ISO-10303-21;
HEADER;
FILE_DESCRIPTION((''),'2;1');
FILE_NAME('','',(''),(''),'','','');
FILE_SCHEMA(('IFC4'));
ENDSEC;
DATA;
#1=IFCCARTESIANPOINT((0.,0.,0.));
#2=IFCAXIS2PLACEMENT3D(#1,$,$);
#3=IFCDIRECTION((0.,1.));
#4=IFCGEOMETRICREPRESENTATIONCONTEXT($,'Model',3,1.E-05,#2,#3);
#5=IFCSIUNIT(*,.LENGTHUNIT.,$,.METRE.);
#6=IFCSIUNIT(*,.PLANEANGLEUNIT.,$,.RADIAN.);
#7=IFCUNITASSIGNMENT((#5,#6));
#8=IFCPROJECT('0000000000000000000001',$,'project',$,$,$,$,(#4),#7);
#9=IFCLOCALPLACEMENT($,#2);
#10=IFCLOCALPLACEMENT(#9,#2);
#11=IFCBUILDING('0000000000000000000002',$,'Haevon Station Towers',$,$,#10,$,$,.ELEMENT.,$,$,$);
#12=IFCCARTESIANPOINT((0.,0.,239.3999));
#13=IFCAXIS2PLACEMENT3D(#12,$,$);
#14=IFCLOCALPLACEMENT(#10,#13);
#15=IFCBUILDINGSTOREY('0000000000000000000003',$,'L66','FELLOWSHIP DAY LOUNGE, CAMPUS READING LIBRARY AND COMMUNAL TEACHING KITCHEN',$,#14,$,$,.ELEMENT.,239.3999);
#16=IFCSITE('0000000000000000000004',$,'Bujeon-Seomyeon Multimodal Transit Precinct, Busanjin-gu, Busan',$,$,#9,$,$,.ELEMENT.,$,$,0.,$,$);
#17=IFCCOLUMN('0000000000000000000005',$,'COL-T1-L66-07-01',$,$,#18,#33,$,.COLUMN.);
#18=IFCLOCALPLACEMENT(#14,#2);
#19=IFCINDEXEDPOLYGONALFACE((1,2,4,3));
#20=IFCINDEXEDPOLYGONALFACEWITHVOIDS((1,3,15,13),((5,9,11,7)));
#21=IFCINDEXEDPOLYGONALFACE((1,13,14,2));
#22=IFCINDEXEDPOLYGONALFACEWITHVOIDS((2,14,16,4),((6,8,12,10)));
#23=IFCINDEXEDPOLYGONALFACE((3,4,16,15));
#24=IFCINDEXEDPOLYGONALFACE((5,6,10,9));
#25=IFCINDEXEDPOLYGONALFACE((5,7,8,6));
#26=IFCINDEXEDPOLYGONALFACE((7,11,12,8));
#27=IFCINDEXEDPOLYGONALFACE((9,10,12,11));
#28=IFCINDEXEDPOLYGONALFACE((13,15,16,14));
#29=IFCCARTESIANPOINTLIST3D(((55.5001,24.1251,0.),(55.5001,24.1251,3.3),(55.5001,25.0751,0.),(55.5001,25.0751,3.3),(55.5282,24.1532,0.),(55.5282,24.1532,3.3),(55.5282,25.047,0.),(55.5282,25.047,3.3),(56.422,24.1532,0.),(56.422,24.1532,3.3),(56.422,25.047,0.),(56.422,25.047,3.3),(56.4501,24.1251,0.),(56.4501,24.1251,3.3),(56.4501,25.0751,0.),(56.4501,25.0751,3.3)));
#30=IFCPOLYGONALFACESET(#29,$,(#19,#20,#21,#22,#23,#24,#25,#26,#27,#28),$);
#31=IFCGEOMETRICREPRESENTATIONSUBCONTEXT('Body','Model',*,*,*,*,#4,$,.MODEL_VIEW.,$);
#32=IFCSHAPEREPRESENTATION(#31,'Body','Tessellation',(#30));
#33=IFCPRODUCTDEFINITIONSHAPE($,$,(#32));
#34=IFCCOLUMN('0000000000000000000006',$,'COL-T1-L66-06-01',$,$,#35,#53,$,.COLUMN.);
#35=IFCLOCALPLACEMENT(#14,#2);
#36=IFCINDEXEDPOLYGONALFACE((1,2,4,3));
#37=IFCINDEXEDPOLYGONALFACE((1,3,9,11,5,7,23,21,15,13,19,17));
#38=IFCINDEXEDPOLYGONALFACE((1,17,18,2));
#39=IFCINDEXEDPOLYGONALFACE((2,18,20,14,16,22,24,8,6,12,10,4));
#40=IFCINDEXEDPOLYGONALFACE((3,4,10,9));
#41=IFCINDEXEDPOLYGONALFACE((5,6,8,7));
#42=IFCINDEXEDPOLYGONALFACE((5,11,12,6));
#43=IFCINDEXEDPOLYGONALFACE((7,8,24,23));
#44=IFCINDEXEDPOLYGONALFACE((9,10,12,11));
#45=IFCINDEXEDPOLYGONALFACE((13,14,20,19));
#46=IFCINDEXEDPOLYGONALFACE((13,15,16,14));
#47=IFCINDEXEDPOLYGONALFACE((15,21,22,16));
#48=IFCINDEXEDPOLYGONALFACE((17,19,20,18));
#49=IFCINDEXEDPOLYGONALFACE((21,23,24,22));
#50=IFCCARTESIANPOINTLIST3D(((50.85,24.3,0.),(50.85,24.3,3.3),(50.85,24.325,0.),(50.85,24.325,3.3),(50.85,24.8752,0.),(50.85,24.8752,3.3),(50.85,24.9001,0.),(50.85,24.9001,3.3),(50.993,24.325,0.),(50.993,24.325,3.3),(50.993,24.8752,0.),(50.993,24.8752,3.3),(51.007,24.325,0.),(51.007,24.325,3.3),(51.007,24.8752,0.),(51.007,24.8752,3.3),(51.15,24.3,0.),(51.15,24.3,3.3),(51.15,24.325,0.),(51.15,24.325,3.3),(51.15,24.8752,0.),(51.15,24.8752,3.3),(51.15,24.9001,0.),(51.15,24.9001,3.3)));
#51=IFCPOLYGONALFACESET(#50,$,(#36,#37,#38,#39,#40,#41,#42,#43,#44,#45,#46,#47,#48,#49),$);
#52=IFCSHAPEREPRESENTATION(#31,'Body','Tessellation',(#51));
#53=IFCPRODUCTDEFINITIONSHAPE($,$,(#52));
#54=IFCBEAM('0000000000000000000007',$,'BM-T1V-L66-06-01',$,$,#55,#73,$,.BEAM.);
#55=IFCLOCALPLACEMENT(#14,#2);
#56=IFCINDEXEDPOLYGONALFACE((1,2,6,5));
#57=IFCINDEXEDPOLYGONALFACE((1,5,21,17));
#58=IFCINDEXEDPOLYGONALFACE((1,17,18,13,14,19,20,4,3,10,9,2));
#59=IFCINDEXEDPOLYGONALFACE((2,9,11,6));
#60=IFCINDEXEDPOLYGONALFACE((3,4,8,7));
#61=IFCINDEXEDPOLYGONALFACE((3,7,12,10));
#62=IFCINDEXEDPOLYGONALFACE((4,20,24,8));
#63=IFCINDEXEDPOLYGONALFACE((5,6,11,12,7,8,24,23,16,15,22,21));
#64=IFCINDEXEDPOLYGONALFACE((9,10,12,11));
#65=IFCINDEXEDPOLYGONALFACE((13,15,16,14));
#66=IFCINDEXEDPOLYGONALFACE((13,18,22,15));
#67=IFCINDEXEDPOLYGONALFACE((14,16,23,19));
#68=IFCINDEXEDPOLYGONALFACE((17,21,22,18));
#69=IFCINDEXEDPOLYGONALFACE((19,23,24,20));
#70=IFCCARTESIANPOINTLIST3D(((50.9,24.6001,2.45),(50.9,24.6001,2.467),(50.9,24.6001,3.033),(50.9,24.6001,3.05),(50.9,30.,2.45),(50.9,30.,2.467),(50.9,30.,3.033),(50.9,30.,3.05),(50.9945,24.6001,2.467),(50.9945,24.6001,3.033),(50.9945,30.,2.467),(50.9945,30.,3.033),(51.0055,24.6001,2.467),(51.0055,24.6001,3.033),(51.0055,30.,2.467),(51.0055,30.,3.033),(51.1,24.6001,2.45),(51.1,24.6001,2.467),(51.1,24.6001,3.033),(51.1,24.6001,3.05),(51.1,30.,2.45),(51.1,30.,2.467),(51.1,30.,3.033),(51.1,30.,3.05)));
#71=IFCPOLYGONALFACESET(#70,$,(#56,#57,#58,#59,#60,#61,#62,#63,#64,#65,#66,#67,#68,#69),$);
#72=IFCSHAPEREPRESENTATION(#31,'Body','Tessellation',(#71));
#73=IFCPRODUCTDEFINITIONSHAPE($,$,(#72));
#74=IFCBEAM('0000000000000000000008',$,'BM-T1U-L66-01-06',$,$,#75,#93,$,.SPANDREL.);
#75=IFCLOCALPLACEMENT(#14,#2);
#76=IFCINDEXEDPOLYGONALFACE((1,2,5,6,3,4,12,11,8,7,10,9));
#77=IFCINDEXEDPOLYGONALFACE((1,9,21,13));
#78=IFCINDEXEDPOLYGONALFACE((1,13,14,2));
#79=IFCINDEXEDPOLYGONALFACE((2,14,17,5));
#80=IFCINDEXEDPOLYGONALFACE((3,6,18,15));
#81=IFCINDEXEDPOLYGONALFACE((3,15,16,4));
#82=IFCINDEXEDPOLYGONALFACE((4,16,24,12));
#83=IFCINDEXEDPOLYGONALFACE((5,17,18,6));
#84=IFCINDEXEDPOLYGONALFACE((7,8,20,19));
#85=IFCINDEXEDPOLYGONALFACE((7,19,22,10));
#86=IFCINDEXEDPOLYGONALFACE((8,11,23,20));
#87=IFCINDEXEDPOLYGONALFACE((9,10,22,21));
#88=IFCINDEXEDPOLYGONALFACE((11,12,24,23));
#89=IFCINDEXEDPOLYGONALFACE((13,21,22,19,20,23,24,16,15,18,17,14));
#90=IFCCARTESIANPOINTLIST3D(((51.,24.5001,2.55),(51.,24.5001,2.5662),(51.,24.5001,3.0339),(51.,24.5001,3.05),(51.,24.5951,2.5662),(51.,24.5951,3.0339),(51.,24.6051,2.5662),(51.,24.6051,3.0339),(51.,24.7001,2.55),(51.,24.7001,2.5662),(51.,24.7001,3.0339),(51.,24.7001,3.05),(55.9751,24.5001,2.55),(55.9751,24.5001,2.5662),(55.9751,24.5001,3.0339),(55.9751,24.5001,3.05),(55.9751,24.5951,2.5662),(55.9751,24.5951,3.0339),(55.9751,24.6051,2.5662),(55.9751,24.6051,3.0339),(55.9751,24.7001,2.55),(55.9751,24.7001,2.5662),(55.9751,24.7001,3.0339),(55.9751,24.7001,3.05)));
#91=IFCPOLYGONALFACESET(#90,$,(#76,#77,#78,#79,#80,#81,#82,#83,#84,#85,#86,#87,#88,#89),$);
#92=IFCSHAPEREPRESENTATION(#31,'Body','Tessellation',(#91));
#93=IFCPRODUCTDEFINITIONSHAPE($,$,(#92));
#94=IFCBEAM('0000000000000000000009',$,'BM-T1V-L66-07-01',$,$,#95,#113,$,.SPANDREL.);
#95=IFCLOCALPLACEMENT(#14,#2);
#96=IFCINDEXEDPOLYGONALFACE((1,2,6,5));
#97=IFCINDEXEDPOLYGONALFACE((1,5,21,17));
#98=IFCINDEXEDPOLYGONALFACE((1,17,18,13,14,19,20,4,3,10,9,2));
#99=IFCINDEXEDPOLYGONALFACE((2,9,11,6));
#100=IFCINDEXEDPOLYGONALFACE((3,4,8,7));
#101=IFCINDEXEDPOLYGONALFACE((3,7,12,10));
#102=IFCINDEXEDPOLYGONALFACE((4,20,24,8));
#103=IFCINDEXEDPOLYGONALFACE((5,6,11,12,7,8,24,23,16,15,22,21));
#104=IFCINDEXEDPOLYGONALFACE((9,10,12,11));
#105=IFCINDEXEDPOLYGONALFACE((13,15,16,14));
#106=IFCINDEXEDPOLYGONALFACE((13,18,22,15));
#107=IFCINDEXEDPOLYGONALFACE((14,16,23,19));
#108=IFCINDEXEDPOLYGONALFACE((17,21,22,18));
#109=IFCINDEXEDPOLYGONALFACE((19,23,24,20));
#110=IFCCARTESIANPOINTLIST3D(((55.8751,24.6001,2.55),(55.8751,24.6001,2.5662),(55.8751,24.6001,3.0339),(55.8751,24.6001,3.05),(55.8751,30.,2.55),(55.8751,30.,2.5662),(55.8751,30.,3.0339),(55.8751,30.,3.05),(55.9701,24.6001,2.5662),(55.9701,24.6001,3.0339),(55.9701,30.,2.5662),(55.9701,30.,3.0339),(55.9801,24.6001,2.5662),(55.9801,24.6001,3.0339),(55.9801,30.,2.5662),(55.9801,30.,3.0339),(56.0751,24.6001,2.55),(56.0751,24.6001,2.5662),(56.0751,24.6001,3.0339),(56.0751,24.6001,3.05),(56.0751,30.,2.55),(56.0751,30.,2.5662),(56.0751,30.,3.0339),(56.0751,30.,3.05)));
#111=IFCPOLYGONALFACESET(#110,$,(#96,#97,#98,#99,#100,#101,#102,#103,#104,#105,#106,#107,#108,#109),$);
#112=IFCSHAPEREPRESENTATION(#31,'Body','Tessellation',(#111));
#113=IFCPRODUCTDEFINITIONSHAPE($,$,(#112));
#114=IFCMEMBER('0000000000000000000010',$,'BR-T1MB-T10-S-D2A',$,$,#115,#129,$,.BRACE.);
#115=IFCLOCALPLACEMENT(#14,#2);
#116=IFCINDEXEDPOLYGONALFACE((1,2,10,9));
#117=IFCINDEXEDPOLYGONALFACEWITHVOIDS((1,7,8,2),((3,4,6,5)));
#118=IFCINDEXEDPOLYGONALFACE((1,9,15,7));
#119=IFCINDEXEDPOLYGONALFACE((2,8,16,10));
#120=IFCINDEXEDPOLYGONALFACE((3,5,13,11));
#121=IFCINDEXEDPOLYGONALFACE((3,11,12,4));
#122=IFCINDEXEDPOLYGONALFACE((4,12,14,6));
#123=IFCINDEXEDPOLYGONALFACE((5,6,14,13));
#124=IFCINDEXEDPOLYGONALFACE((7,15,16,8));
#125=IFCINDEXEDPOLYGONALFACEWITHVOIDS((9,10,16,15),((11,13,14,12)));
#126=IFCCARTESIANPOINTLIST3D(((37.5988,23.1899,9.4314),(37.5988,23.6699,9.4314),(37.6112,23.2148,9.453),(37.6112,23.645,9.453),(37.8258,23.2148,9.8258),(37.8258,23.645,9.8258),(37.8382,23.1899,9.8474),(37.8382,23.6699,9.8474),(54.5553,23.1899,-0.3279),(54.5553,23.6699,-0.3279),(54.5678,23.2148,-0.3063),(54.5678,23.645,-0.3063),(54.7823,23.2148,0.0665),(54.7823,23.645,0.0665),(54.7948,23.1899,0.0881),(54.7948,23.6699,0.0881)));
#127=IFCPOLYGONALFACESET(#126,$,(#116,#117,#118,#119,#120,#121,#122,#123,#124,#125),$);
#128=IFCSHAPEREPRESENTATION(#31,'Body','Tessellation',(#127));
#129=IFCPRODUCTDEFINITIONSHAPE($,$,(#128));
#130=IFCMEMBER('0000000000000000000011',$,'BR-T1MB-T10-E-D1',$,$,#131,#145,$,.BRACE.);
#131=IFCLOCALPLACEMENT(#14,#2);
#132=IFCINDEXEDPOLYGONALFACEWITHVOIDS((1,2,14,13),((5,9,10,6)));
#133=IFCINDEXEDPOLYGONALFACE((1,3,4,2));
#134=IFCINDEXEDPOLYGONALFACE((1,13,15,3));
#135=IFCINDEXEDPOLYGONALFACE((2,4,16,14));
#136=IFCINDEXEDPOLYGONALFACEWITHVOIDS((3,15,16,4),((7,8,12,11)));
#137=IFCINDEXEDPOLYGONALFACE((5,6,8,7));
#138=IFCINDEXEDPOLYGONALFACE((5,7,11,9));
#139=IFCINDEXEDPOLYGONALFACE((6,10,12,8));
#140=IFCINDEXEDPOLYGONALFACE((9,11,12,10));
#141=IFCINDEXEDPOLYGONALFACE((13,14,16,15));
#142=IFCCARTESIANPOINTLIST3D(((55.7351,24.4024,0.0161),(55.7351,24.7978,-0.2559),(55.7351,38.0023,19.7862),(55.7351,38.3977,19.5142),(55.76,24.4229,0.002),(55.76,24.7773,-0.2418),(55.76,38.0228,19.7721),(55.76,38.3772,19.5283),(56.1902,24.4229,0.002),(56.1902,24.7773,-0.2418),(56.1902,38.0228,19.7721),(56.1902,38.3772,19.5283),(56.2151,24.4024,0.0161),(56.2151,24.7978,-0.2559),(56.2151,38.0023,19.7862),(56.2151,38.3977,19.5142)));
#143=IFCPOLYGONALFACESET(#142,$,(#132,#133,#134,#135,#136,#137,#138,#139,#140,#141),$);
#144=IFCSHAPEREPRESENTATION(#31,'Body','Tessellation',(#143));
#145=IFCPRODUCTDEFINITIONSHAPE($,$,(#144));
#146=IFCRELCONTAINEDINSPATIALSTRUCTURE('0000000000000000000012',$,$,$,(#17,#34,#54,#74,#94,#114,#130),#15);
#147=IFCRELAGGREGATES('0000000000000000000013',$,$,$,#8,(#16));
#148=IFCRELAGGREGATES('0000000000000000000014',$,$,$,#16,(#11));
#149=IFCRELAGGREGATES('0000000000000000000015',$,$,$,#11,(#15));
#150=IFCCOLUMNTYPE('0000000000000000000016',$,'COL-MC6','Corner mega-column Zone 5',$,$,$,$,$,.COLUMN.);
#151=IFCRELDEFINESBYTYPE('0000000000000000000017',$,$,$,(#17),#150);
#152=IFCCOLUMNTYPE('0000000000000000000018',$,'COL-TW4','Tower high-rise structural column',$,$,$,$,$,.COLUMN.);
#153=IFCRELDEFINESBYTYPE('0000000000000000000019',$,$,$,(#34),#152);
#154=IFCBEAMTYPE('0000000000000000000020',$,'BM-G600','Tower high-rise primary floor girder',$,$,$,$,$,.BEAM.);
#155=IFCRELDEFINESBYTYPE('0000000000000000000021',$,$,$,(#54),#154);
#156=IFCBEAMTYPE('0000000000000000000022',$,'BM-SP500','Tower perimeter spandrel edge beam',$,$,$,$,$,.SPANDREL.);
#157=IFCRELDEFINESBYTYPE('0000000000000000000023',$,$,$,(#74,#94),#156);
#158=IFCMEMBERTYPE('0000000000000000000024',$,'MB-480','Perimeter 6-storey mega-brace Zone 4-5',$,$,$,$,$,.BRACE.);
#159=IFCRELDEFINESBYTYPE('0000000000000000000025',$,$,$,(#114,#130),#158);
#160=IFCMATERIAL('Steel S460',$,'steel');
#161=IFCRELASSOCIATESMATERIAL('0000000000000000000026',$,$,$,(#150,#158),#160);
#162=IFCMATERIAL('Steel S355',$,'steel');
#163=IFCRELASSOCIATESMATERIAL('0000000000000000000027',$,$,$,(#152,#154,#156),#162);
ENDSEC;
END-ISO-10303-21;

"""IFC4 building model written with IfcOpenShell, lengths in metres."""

from ifc_helpers import new_model, si_unit, direction, frame, origin, origin_2d, place, context, subcontext, project, spatial, hollow_rectangle, i_section, extrude, material, material_profile, profile_set, type_object, element, save


model = new_model("IFC4")

# Units and contexts
model_context = context("Model", 3, precision=1e-05, world=origin(), true_north=direction((0.0, 1.0)))
body_context = subcontext(model_context, "Body", "Model", "MODEL_VIEW")
ifc_project = project(units=[si_unit("LENGTHUNIT", "METRE"), si_unit("PLANEANGLEUNIT", "RADIAN")], contexts=[model_context])

# Site, building, storey
site_placement = place(None, origin())
site = spatial("IfcSite", under=ifc_project, at=site_placement, Name="Bujeon-Seomyeon Multimodal Transit Precinct, Busanjin-gu, Busan", CompositionType="ELEMENT", RefElevation=0.0)
building_placement = place(site_placement, origin())
building = spatial("IfcBuilding", under=site, at=building_placement, Name="Haevon Station Towers", CompositionType="ELEMENT")
storey_placement = place(building_placement, frame((0.0, 0.0, 239.3999)))
storey = spatial("IfcBuildingStorey", under=building, at=storey_placement, Name="L66", Description="FELLOWSHIP DAY LOUNGE, CAMPUS READING LIBRARY AND COMMUNAL TEACHING KITCHEN", CompositionType="ELEMENT", Elevation=239.3999)

# Columns
ifc_material_1 = material(Name="Steel S460", Category="steel")
ifc_material_profile_1 = material_profile(ifc_material_1, hollow_rectangle(XDim=0.95, YDim=0.95, WallThickness=0.0281, at=origin_2d()), Name="BOX-950x950x28")
ifc_profile_set_1 = profile_set([ifc_material_profile_1], Name="Steel S460")
column_type_1 = type_object("IfcColumnType", Name="COL-MC6", Description="Corner mega-column Zone 5", PredefinedType="COLUMN", material=ifc_profile_set_1)
column_1_placement = place(storey_placement, frame((55.9751, 24.6001, 0.0), z_axis=(0.0, 0.0, 1.0), x_axis=(1.0, 0.0, 0.0)))
element("IfcColumn", 1, at=column_1_placement, inside=storey, type_object=column_type_1, Name="COL-T1-L66-07-01", PredefinedType="COLUMN", context=body_context, shape_type="SweptSolid", body=[
    extrude(hollow_rectangle(XDim=0.95, YDim=0.95, WallThickness=0.0281, at=origin_2d()), origin(), (0.0, 0.0, 1.0), 3.3),
])
ifc_material_2 = material(Name="Steel S355", Category="steel")
ifc_material_profile_2 = material_profile(ifc_material_2, i_section(OverallWidth=0.3, OverallDepth=0.6001, WebThickness=0.0139, FlangeThickness=0.0249, at=origin_2d()), Name="H-600x300x14x25")
ifc_profile_set_2 = profile_set([ifc_material_profile_2], Name="Steel S355")
column_type_2 = type_object("IfcColumnType", Name="COL-TW4", Description="Tower high-rise structural column", PredefinedType="COLUMN", material=ifc_profile_set_2)
column_2_placement = place(storey_placement, frame((51.0, 24.6001, 0.0), z_axis=(0.0, 0.0, 1.0), x_axis=(1.0, 0.0, 0.0)))
element("IfcColumn", 2, at=column_2_placement, inside=storey, type_object=column_type_2, Name="COL-T1-L66-06-01", PredefinedType="COLUMN", context=body_context, shape_type="SweptSolid", body=[
    extrude(i_section(OverallWidth=0.3, OverallDepth=0.6001, WebThickness=0.0139, FlangeThickness=0.0249, at=origin_2d()), origin(), (0.0, 0.0, 1.0), 3.3),
])

# Beams
ifc_material_profile_3 = material_profile(ifc_material_2, i_section(OverallWidth=0.2, OverallDepth=0.6001, WebThickness=0.011, FlangeThickness=0.0171, at=origin_2d()), Name="H-600x200x11x17")
ifc_profile_set_3 = profile_set([ifc_material_profile_3], Name="Steel S355")
beam_type_1 = type_object("IfcBeamType", Name="BM-G600", Description="Tower high-rise primary floor girder", PredefinedType="BEAM", material=ifc_profile_set_3)
beam_1_placement = place(storey_placement, frame((51.0, 24.6001, 2.75), z_axis=(0.0, 1.0, 0.0), x_axis=(-1.0, 0.0, 0.0)))
element("IfcBeam", 3, at=beam_1_placement, inside=storey, type_object=beam_type_1, Name="BM-T1V-L66-06-01", PredefinedType="BEAM", context=body_context, shape_type="SweptSolid", body=[
    extrude(i_section(OverallWidth=0.2, OverallDepth=0.6001, WebThickness=0.011, FlangeThickness=0.0171, at=origin_2d()), origin(), (0.0, 0.0, 1.0), 5.3999),
])
ifc_material_profile_4 = material_profile(ifc_material_2, i_section(OverallWidth=0.2, OverallDepth=0.5, WebThickness=0.01, FlangeThickness=0.0161, at=origin_2d()), Name="H-500x200x10x16")
ifc_profile_set_4 = profile_set([ifc_material_profile_4], Name="Steel S355")
beam_type_2 = type_object("IfcBeamType", Name="BM-SP500", Description="Tower perimeter spandrel edge beam", PredefinedType="SPANDREL", material=ifc_profile_set_4)
beam_2_placement = place(storey_placement, frame((51.0, 24.6001, 2.8), z_axis=(1.0, 0.0, 0.0), x_axis=(0.0, 1.0, 0.0)))
element("IfcBeam", 4, at=beam_2_placement, inside=storey, type_object=beam_type_2, Name="BM-T1U-L66-01-06", PredefinedType="SPANDREL", context=body_context, shape_type="SweptSolid", body=[
    extrude(i_section(OverallWidth=0.2, OverallDepth=0.5, WebThickness=0.01, FlangeThickness=0.0161, at=origin_2d()), origin(), (0.0, 0.0, 1.0), 4.9751),
])
beam_3_placement = place(storey_placement, frame((55.9751, 24.6001, 2.8), z_axis=(0.0, 1.0, 0.0), x_axis=(-1.0, 0.0, 0.0)))
element("IfcBeam", 5, at=beam_3_placement, inside=storey, type_object=beam_type_2, Name="BM-T1V-L66-07-01", PredefinedType="SPANDREL", context=body_context, shape_type="SweptSolid", body=[
    extrude(i_section(OverallWidth=0.2, OverallDepth=0.5, WebThickness=0.01, FlangeThickness=0.0161, at=origin_2d()), origin(), (0.0, 0.0, 1.0), 5.3999),
])

# Members
ifc_material_profile_5 = material_profile(ifc_material_1, hollow_rectangle(XDim=0.48, YDim=0.48, WallThickness=0.0249, at=origin_2d()), Name="RHS-480x480x25")
ifc_profile_set_5 = profile_set([ifc_material_profile_5], Name="Steel S460")
member_type = type_object("IfcMemberType", Name="MB-480", Description="Perimeter 6-storey mega-brace Zone 4-5", PredefinedType="BRACE", material=ifc_profile_set_5)
member_1_placement = place(storey_placement, frame((54.675, 23.4299, -0.1199), z_axis=(-0.866702, 0.0, 0.498827), x_axis=(0.0, -1.0, 0.0)))
element("IfcMember", 6, at=member_1_placement, inside=storey, type_object=member_type, Name="BR-T1MB-T10-S-D2A", PredefinedType="BRACE", context=body_context, shape_type="SweptSolid", body=[
    extrude(hollow_rectangle(XDim=0.48, YDim=0.48, WallThickness=0.0249, at=origin_2d()), origin(), (0.0, 0.0, 1.0), 19.5645),
])
member_2_placement = place(storey_placement, frame((55.9751, 24.6001, -0.1199), z_axis=(0.0, 0.566754, 0.823887), x_axis=(-1.0, 0.0, 0.0)))
element("IfcMember", 7, at=member_2_placement, inside=storey, type_object=member_type, Name="BR-T1MB-T10-E-D1", PredefinedType="BRACE", context=body_context, shape_type="SweptSolid", body=[
    extrude(hollow_rectangle(XDim=0.48, YDim=0.48, WallThickness=0.0249, at=origin_2d()), origin(), (0.0, 0.0, 1.0), 23.9961),
])

save(model, "model.ifc")
